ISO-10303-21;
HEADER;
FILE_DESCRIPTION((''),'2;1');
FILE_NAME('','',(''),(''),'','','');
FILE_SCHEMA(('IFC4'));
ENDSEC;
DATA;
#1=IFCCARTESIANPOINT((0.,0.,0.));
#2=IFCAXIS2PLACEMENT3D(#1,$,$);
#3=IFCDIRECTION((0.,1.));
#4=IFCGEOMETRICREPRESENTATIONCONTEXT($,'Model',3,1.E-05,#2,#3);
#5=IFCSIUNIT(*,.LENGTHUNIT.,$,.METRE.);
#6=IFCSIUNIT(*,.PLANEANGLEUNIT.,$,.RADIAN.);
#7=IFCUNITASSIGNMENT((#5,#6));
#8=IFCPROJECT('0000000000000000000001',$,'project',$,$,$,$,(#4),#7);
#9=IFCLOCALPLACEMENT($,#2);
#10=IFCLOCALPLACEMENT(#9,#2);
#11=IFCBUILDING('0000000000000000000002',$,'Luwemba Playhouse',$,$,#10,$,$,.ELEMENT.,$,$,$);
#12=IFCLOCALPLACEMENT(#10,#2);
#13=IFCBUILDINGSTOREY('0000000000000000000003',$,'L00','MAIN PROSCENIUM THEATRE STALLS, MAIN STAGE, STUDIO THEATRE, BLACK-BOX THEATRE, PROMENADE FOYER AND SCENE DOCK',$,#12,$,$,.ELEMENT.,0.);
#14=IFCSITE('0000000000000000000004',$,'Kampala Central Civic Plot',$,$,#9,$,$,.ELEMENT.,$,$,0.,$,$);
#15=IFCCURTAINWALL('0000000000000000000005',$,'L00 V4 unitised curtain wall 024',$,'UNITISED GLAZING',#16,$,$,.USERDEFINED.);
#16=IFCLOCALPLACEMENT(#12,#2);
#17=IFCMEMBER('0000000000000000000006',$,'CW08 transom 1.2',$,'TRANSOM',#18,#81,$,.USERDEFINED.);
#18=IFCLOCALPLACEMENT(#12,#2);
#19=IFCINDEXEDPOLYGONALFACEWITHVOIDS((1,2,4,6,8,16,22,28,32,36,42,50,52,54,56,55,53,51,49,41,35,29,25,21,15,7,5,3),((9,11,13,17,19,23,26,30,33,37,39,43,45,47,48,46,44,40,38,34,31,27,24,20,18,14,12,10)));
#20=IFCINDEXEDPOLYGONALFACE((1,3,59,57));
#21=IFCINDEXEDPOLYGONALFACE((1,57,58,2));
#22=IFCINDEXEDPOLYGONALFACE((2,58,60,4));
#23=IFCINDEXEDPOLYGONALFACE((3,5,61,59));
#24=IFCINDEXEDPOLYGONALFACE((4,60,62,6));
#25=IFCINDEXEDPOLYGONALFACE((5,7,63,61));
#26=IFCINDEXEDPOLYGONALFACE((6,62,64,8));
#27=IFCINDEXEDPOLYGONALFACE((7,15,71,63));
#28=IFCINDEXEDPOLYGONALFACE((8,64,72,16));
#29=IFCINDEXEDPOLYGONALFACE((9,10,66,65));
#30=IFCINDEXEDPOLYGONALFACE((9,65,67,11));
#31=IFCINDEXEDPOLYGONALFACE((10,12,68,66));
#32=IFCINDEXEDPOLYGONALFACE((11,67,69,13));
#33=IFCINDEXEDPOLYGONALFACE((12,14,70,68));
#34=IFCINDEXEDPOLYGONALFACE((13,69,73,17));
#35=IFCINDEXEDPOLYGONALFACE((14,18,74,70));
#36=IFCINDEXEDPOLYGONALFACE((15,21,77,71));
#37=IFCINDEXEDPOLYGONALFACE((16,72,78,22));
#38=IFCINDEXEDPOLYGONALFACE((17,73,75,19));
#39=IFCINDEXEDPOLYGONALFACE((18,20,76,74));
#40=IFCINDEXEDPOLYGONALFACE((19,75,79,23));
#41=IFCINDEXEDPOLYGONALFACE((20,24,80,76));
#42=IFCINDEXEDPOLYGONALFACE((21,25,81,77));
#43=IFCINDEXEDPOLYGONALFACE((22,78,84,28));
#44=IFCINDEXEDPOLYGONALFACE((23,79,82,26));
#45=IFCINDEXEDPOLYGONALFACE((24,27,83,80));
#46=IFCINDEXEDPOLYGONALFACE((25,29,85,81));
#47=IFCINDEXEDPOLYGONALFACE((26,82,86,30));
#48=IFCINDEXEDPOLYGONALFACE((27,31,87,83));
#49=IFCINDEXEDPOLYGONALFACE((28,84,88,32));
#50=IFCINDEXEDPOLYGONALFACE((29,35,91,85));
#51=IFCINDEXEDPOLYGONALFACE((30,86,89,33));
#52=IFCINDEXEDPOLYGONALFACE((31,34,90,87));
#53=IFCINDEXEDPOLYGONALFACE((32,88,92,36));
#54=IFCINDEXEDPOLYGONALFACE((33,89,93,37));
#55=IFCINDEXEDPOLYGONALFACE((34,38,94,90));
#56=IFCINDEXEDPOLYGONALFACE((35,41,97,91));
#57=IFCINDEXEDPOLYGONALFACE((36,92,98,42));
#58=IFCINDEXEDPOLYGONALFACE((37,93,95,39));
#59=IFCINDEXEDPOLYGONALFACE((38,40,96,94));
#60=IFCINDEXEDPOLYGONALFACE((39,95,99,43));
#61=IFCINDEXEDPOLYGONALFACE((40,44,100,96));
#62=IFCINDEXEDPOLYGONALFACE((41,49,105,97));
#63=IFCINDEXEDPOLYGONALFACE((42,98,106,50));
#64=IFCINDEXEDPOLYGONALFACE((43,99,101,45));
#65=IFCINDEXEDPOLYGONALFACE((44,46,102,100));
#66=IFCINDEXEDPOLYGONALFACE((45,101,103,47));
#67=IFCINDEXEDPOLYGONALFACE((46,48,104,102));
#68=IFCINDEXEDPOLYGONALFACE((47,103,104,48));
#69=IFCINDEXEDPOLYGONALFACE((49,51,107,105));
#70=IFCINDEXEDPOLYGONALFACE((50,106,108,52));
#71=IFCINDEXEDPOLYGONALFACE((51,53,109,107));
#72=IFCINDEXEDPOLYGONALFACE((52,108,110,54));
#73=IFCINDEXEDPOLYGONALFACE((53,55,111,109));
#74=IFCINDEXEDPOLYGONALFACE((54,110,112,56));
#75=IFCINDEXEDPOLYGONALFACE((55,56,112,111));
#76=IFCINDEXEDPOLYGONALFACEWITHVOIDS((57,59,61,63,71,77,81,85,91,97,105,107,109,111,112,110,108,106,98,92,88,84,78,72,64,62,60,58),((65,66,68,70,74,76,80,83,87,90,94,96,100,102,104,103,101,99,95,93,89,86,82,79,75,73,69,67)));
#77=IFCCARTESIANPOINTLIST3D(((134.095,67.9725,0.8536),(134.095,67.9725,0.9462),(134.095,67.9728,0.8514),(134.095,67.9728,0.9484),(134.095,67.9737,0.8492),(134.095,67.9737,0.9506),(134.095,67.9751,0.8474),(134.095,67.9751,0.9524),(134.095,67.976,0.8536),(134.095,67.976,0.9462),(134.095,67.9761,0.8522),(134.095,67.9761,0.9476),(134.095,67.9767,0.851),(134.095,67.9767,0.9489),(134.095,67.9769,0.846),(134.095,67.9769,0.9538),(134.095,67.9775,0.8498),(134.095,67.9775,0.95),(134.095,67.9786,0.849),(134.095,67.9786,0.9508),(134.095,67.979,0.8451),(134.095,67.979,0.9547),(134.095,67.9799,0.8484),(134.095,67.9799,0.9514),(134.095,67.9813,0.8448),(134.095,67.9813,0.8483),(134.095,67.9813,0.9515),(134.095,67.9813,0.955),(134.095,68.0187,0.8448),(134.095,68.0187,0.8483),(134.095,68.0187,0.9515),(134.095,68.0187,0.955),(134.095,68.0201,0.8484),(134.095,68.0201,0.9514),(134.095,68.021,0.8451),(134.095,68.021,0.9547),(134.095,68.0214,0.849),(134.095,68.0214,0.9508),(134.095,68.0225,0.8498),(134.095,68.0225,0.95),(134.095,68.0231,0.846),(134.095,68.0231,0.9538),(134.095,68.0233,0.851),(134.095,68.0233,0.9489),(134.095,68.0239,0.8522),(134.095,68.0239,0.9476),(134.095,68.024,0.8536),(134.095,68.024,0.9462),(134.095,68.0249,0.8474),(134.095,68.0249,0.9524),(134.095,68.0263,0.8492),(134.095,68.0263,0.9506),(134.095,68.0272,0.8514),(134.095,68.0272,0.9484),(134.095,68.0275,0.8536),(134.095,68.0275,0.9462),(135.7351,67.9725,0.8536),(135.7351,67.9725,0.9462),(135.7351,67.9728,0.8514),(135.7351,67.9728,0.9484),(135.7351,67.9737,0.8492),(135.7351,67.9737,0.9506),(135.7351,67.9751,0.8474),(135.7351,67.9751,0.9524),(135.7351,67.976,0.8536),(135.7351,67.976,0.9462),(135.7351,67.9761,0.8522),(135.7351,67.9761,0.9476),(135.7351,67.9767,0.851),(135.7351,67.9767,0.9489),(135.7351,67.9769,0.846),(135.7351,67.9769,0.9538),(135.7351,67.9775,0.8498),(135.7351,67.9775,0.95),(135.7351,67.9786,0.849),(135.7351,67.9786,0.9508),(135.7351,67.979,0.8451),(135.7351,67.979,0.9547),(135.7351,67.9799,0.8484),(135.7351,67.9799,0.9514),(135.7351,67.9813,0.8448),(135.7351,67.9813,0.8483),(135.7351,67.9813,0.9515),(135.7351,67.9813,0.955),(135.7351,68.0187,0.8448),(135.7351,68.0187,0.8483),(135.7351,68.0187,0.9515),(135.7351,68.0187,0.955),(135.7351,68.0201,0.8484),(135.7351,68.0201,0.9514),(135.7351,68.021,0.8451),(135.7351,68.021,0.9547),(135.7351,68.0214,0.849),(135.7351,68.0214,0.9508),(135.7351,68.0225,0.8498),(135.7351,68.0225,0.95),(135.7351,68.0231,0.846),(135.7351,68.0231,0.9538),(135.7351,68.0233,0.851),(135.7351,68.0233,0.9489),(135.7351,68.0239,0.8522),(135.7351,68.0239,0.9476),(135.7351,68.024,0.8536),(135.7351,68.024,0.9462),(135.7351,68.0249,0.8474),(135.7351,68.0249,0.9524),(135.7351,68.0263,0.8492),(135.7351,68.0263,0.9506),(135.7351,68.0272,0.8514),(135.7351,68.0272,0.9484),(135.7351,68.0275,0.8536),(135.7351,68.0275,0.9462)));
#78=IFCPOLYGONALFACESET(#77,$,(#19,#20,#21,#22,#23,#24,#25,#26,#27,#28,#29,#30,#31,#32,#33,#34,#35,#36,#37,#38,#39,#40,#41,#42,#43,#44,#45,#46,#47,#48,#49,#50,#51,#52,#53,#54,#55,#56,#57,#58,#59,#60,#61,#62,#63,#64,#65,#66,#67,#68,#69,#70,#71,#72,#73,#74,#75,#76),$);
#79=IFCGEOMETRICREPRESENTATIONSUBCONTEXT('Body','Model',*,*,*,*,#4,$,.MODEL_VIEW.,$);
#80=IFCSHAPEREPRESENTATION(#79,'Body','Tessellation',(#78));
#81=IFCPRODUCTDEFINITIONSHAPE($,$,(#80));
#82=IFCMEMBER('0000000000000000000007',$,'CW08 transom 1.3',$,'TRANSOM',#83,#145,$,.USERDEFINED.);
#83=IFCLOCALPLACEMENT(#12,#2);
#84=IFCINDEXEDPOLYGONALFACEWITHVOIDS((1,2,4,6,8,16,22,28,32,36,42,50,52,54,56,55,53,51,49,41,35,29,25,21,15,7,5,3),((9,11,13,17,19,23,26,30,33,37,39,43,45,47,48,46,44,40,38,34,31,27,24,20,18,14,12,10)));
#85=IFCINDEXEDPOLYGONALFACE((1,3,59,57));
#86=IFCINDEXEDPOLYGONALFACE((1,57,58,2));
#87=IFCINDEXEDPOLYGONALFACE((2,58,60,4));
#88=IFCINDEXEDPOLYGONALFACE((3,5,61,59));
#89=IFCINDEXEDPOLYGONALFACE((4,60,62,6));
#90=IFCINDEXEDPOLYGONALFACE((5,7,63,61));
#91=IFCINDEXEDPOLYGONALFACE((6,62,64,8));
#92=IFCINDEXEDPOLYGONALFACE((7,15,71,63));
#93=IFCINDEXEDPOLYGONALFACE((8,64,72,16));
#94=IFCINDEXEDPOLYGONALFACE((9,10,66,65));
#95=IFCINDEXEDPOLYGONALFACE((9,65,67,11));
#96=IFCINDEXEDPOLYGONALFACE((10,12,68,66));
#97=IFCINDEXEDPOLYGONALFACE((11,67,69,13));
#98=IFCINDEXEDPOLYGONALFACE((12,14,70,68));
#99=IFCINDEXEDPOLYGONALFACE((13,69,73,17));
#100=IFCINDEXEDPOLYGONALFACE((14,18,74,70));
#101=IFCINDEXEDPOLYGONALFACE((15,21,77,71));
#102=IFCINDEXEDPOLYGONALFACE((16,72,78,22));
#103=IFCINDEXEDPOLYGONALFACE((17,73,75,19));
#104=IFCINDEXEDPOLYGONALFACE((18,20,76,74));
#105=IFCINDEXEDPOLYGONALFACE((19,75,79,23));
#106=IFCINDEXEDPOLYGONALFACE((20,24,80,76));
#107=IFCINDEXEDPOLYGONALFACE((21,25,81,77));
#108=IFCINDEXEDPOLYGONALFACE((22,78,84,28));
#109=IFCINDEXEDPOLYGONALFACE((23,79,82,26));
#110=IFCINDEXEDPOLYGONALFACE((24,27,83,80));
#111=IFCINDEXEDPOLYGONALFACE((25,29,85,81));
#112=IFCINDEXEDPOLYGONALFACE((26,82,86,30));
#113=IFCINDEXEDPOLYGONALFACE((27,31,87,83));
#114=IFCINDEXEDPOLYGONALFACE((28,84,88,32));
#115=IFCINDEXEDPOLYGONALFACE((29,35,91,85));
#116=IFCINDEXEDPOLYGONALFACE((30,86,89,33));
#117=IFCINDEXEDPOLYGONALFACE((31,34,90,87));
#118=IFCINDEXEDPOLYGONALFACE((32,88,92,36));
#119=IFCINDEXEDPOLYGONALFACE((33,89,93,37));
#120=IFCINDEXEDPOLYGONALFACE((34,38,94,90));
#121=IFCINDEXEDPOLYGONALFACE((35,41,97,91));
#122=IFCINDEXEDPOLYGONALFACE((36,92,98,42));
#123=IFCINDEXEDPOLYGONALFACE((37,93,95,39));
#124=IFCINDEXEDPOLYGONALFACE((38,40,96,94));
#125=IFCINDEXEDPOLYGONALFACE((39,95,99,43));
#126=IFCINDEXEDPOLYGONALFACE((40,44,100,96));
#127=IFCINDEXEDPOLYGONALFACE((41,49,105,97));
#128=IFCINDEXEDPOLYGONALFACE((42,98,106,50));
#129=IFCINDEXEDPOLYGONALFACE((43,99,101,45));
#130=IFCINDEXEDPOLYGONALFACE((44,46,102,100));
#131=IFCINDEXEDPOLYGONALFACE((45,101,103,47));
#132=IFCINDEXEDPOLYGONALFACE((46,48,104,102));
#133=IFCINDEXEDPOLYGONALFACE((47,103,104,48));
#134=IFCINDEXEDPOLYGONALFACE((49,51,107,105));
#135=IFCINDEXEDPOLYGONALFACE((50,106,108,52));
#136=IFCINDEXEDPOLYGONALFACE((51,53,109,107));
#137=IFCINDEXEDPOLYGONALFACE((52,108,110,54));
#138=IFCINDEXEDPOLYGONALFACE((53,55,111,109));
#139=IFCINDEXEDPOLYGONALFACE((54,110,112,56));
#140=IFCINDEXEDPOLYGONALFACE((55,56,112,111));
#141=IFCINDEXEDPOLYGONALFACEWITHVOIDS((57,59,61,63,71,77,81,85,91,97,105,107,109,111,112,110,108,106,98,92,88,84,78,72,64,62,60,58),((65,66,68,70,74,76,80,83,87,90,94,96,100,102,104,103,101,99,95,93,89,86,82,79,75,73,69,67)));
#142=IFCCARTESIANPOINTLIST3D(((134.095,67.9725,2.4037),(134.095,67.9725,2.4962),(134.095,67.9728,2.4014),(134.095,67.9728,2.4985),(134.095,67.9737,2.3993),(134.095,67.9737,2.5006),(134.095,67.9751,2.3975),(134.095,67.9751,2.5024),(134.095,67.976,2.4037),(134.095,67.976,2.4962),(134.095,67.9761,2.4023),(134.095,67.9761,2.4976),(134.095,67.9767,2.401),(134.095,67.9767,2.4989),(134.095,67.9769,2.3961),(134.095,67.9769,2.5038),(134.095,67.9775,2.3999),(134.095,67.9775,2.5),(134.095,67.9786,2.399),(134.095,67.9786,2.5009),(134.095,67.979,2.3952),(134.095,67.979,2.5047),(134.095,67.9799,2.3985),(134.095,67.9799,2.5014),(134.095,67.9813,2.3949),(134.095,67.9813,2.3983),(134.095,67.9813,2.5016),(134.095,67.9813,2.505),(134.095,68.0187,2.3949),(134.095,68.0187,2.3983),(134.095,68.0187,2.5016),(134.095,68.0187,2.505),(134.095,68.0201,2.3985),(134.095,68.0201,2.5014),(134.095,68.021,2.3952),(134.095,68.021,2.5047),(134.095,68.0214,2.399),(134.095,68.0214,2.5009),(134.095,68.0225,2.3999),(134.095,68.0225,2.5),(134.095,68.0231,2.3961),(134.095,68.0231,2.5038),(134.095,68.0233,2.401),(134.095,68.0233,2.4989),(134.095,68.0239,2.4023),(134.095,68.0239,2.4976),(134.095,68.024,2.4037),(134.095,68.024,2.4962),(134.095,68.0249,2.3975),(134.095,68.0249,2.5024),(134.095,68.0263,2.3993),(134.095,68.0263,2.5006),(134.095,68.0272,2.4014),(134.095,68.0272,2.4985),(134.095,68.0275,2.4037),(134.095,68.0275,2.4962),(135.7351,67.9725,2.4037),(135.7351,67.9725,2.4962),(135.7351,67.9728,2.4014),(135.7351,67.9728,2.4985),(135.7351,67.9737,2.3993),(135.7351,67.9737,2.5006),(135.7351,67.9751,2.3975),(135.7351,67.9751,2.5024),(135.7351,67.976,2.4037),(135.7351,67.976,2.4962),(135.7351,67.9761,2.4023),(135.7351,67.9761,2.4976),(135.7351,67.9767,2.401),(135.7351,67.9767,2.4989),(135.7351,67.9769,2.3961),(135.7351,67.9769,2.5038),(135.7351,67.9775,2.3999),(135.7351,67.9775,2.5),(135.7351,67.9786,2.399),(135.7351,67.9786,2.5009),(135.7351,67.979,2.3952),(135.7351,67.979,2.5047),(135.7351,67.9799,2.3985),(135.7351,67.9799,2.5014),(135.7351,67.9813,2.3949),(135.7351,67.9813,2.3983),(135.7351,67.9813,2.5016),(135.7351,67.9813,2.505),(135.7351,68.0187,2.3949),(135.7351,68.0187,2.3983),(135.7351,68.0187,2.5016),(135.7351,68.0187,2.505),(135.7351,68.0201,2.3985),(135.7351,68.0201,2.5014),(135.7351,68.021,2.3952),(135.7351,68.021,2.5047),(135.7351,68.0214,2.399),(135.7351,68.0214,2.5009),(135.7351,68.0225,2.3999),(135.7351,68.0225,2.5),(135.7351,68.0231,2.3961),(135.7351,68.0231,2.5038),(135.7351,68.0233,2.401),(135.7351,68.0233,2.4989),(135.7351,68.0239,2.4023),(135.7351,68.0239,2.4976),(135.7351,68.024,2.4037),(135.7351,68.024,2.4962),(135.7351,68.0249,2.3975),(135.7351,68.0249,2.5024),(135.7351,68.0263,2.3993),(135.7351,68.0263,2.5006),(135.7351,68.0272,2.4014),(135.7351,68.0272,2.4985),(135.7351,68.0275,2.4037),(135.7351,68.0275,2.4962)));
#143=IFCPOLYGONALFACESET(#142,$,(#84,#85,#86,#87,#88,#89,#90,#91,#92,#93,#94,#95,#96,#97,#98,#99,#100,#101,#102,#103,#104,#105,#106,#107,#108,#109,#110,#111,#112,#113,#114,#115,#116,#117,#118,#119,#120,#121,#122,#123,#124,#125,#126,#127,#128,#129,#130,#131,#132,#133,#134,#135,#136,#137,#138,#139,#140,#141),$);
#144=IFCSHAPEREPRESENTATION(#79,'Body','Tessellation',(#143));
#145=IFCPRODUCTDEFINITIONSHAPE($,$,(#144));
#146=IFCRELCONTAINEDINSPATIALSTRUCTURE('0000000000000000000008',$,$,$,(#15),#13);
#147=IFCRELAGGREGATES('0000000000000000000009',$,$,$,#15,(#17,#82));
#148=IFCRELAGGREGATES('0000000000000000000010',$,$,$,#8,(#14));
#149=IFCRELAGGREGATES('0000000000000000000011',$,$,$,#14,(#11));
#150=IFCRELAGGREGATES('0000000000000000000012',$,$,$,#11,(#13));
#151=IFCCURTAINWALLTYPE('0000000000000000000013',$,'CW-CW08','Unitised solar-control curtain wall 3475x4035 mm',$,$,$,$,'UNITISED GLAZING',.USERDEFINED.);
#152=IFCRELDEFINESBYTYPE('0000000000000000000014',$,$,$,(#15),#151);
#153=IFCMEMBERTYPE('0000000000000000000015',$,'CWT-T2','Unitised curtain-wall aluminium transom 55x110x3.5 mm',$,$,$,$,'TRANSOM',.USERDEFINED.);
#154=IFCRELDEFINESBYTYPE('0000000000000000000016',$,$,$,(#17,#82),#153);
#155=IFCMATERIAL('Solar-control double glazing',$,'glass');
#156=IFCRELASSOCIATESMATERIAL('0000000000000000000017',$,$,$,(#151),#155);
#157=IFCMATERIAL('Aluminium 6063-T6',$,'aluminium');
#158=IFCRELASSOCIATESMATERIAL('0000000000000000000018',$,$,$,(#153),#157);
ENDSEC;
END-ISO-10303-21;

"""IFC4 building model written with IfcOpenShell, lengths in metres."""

from ifc_helpers import new_model, si_unit, direction, frame, origin, origin_2d, place, context, subcontext, project, spatial, hollow_rectangle, extrude, material, material_profile, profile_set, type_object, element, aggregate, save


model = new_model("IFC4")

# Units and contexts
model_context = context("Model", 3, precision=1e-05, world=origin(), true_north=direction((0.0, 1.0)))
body_context = subcontext(model_context, "Body", "Model", "MODEL_VIEW")
ifc_project = project(units=[si_unit("LENGTHUNIT", "METRE"), si_unit("PLANEANGLEUNIT", "RADIAN")], contexts=[model_context])

# Site, building, storey
site_placement = place(None, origin())
site = spatial("IfcSite", under=ifc_project, at=site_placement, Name="Kampala Central Civic Plot", CompositionType="ELEMENT", RefElevation=0.0)
building_placement = place(site_placement, origin())
building = spatial("IfcBuilding", under=site, at=building_placement, Name="Luwemba Playhouse", CompositionType="ELEMENT")
storey_placement = place(building_placement, origin())
storey = spatial("IfcBuildingStorey", under=building, at=storey_placement, Name="L00", Description="MAIN PROSCENIUM THEATRE STALLS, MAIN STAGE, STUDIO THEATRE, BLACK-BOX THEATRE, PROMENADE FOYER AND SCENE DOCK", CompositionType="ELEMENT", Elevation=0.0)

# Curtain wall, members
ifc_material_1 = material(Name="Solar-control double glazing", Category="glass")
curtain_wall_type = type_object("IfcCurtainWallType", Name="CW-CW08", Description="Unitised solar-control curtain wall 3475x4035 mm", ElementType="UNITISED GLAZING", PredefinedType="USERDEFINED", material=ifc_material_1)
curtain_wall_placement = place(storey_placement, origin())
curtain_wall = element("IfcCurtainWall", 1, at=curtain_wall_placement, inside=storey, type_object=curtain_wall_type, Name="L00 V4 unitised curtain wall 024", ObjectType="UNITISED GLAZING", PredefinedType="USERDEFINED")
ifc_material_2 = material(Name="Aluminium 6063-T6", Category="aluminium")
ifc_material_profile_1 = material_profile(ifc_material_2, hollow_rectangle(XDim=0.0549, YDim=0.1101, WallThickness=0.0034, InnerFilletRadius=0.0054, OuterFilletRadius=0.0088, at=origin_2d()))
ifc_profile_set_1 = profile_set([ifc_material_profile_1], Name="Aluminium 6063-T6")
member_type_1 = type_object("IfcMemberType", Name="CWT-T2", Description="Unitised curtain-wall aluminium transom 55x110x3.5 mm", ElementType="TRANSOM", PredefinedType="USERDEFINED", material=ifc_profile_set_1)
member_1_placement = place(storey_placement, frame((135.7351, 68.0, 0.8999), z_axis=(-1.0, 0.0, 0.0), x_axis=(0.0, -1.0, 0.0)))
member_1 = element("IfcMember", 2, at=member_1_placement, type_object=member_type_1, Name="CW08 transom 1.2", ObjectType="TRANSOM", PredefinedType="USERDEFINED", context=body_context, shape_type="SweptSolid", body=[
    extrude(hollow_rectangle(XDim=0.0549, YDim=0.1101, WallThickness=0.0034, InnerFilletRadius=0.0054, OuterFilletRadius=0.0088, at=origin_2d()), origin(), (0.0, 0.0, 1.0), 1.6401),
])
member_2_placement = place(storey_placement, frame((135.7351, 68.0, 2.45), z_axis=(-1.0, 0.0, 0.0), x_axis=(0.0, -1.0, 0.0)))
member_2 = element("IfcMember", 3, at=member_2_placement, type_object=member_type_1, Name="CW08 transom 1.3", ObjectType="TRANSOM", PredefinedType="USERDEFINED", context=body_context, shape_type="SweptSolid", body=[
    extrude(hollow_rectangle(XDim=0.0549, YDim=0.1101, WallThickness=0.0034, InnerFilletRadius=0.0054, OuterFilletRadius=0.0088, at=origin_2d()), origin(), (0.0, 0.0, 1.0), 1.6401),
])
aggregate(curtain_wall, [member_1, member_2])

save(model, "model.ifc")
